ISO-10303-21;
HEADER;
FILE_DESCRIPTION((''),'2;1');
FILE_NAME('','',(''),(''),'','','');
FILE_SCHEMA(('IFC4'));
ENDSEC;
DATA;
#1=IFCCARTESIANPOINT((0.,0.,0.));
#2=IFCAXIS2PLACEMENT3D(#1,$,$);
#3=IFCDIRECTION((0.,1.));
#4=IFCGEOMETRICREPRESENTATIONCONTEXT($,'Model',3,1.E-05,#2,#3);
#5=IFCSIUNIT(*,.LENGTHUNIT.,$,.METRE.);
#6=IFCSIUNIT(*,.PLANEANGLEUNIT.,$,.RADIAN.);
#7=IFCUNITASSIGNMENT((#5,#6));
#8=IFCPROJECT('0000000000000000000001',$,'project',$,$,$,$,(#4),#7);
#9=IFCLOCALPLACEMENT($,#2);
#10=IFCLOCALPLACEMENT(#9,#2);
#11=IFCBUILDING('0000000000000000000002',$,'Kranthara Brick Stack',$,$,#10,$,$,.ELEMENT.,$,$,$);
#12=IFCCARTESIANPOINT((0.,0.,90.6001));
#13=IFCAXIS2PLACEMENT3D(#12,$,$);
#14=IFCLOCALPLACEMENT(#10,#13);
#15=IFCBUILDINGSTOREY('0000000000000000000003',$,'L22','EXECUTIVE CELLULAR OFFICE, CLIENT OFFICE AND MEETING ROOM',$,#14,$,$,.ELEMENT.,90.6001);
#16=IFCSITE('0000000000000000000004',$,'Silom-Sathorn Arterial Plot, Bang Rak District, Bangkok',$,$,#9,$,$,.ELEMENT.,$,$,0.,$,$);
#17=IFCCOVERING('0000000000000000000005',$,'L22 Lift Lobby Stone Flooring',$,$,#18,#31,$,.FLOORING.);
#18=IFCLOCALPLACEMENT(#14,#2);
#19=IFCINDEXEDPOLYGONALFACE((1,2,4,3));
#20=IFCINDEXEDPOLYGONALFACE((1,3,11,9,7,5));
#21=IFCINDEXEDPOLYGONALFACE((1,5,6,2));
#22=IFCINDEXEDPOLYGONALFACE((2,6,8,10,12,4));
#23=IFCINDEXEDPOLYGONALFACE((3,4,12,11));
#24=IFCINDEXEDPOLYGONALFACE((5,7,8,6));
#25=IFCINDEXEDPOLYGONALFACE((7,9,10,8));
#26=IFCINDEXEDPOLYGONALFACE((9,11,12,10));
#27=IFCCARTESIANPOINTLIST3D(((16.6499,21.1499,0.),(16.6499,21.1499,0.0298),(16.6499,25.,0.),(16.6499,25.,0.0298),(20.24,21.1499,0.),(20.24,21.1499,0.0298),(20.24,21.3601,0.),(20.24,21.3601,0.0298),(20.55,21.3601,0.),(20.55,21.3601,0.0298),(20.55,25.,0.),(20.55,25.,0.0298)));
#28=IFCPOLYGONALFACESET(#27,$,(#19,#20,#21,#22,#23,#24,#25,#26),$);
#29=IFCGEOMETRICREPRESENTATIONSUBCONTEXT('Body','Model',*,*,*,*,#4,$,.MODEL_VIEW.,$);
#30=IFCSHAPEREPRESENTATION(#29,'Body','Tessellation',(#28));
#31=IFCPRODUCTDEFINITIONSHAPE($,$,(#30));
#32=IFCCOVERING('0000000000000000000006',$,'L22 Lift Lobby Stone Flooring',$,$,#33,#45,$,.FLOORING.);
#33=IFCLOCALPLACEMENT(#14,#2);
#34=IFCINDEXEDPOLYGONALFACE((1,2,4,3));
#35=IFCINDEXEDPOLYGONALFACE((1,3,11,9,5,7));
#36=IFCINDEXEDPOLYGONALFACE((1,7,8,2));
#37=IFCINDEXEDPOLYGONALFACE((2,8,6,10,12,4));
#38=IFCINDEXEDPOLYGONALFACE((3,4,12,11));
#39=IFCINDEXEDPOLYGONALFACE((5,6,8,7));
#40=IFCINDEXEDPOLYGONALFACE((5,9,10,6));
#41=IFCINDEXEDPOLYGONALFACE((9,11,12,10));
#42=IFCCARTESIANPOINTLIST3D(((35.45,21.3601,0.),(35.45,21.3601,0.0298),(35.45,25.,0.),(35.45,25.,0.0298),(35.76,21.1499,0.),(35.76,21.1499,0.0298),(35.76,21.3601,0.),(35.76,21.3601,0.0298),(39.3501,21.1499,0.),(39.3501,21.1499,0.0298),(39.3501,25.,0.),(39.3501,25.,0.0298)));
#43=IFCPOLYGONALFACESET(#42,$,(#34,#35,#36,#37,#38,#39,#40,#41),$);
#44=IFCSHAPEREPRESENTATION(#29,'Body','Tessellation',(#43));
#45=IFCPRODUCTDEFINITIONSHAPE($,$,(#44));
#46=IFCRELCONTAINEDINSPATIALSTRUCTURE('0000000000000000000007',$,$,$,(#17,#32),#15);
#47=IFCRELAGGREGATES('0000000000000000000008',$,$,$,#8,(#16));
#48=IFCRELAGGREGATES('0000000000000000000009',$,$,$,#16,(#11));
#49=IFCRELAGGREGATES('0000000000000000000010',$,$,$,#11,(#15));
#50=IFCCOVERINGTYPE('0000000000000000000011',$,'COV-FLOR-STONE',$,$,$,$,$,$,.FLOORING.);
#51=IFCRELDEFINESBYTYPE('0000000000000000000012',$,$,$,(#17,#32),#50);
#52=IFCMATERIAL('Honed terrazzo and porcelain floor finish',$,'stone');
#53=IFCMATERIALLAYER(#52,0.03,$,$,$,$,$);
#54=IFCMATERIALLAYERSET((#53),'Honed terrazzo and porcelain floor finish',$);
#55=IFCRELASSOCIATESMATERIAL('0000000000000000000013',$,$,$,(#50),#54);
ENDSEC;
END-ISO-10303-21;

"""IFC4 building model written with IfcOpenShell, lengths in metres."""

from ifc_helpers import new_model, si_unit, direction, frame, origin, place, context, subcontext, project, spatial, polyline, outline, extrude, material, layer, layer_set, type_object, element, save


model = new_model("IFC4")

# Units and contexts
model_context = context("Model", 3, precision=1e-05, world=origin(), true_north=direction((0.0, 1.0)))
body_context = subcontext(model_context, "Body", "Model", "MODEL_VIEW")
ifc_project = project(units=[si_unit("LENGTHUNIT", "METRE"), si_unit("PLANEANGLEUNIT", "RADIAN")], contexts=[model_context])

# Site, building, storey
site_placement = place(None, origin())
site = spatial("IfcSite", under=ifc_project, at=site_placement, Name="Silom-Sathorn Arterial Plot, Bang Rak District, Bangkok", CompositionType="ELEMENT", RefElevation=0.0)
building_placement = place(site_placement, origin())
building = spatial("IfcBuilding", under=site, at=building_placement, Name="Kranthara Brick Stack", CompositionType="ELEMENT")
storey_placement = place(building_placement, frame((0.0, 0.0, 90.6001)))
storey = spatial("IfcBuildingStorey", under=building, at=storey_placement, Name="L22", Description="EXECUTIVE CELLULAR OFFICE, CLIENT OFFICE AND MEETING ROOM", CompositionType="ELEMENT", Elevation=90.6001)

# Coverings
ifc_material_1 = material(Name="Honed terrazzo and porcelain floor finish", Category="stone")
ifc_layer_1 = layer(ifc_material_1, 0.03)
ifc_layer_set_1 = layer_set([ifc_layer_1], Name="Honed terrazzo and porcelain floor finish")
covering_type_1 = type_object("IfcCoveringType", Name="COV-FLOR-STONE", PredefinedType="FLOORING", material=ifc_layer_set_1)
covering_1_placement = place(storey_placement, origin())
element("IfcCovering", 1, at=covering_1_placement, inside=storey, type_object=covering_type_1, Name="L22 Lift Lobby Stone Flooring", PredefinedType="FLOORING", context=body_context, shape_type="SweptSolid", body=[
    extrude(outline(polyline([(16.6499, 21.1499), (16.6499, 25.0), (20.55, 25.0), (20.55, 21.3601), (20.24, 21.3601), (20.24, 21.1499), (16.6499, 21.1499)])), origin(), (0.0, 0.0, 1.0), 0.0298),
])
covering_2_placement = place(storey_placement, origin())
element("IfcCovering", 2, at=covering_2_placement, inside=storey, type_object=covering_type_1, Name="L22 Lift Lobby Stone Flooring", PredefinedType="FLOORING", context=body_context, shape_type="SweptSolid", body=[
    extrude(outline(polyline([(35.45, 25.0), (39.3501, 25.0), (39.3501, 21.1499), (35.76, 21.1499), (35.76, 21.3601), (35.45, 21.3601), (35.45, 25.0)])), origin(), (0.0, 0.0, 1.0), 0.0298),
])

save(model, "model.ifc")
